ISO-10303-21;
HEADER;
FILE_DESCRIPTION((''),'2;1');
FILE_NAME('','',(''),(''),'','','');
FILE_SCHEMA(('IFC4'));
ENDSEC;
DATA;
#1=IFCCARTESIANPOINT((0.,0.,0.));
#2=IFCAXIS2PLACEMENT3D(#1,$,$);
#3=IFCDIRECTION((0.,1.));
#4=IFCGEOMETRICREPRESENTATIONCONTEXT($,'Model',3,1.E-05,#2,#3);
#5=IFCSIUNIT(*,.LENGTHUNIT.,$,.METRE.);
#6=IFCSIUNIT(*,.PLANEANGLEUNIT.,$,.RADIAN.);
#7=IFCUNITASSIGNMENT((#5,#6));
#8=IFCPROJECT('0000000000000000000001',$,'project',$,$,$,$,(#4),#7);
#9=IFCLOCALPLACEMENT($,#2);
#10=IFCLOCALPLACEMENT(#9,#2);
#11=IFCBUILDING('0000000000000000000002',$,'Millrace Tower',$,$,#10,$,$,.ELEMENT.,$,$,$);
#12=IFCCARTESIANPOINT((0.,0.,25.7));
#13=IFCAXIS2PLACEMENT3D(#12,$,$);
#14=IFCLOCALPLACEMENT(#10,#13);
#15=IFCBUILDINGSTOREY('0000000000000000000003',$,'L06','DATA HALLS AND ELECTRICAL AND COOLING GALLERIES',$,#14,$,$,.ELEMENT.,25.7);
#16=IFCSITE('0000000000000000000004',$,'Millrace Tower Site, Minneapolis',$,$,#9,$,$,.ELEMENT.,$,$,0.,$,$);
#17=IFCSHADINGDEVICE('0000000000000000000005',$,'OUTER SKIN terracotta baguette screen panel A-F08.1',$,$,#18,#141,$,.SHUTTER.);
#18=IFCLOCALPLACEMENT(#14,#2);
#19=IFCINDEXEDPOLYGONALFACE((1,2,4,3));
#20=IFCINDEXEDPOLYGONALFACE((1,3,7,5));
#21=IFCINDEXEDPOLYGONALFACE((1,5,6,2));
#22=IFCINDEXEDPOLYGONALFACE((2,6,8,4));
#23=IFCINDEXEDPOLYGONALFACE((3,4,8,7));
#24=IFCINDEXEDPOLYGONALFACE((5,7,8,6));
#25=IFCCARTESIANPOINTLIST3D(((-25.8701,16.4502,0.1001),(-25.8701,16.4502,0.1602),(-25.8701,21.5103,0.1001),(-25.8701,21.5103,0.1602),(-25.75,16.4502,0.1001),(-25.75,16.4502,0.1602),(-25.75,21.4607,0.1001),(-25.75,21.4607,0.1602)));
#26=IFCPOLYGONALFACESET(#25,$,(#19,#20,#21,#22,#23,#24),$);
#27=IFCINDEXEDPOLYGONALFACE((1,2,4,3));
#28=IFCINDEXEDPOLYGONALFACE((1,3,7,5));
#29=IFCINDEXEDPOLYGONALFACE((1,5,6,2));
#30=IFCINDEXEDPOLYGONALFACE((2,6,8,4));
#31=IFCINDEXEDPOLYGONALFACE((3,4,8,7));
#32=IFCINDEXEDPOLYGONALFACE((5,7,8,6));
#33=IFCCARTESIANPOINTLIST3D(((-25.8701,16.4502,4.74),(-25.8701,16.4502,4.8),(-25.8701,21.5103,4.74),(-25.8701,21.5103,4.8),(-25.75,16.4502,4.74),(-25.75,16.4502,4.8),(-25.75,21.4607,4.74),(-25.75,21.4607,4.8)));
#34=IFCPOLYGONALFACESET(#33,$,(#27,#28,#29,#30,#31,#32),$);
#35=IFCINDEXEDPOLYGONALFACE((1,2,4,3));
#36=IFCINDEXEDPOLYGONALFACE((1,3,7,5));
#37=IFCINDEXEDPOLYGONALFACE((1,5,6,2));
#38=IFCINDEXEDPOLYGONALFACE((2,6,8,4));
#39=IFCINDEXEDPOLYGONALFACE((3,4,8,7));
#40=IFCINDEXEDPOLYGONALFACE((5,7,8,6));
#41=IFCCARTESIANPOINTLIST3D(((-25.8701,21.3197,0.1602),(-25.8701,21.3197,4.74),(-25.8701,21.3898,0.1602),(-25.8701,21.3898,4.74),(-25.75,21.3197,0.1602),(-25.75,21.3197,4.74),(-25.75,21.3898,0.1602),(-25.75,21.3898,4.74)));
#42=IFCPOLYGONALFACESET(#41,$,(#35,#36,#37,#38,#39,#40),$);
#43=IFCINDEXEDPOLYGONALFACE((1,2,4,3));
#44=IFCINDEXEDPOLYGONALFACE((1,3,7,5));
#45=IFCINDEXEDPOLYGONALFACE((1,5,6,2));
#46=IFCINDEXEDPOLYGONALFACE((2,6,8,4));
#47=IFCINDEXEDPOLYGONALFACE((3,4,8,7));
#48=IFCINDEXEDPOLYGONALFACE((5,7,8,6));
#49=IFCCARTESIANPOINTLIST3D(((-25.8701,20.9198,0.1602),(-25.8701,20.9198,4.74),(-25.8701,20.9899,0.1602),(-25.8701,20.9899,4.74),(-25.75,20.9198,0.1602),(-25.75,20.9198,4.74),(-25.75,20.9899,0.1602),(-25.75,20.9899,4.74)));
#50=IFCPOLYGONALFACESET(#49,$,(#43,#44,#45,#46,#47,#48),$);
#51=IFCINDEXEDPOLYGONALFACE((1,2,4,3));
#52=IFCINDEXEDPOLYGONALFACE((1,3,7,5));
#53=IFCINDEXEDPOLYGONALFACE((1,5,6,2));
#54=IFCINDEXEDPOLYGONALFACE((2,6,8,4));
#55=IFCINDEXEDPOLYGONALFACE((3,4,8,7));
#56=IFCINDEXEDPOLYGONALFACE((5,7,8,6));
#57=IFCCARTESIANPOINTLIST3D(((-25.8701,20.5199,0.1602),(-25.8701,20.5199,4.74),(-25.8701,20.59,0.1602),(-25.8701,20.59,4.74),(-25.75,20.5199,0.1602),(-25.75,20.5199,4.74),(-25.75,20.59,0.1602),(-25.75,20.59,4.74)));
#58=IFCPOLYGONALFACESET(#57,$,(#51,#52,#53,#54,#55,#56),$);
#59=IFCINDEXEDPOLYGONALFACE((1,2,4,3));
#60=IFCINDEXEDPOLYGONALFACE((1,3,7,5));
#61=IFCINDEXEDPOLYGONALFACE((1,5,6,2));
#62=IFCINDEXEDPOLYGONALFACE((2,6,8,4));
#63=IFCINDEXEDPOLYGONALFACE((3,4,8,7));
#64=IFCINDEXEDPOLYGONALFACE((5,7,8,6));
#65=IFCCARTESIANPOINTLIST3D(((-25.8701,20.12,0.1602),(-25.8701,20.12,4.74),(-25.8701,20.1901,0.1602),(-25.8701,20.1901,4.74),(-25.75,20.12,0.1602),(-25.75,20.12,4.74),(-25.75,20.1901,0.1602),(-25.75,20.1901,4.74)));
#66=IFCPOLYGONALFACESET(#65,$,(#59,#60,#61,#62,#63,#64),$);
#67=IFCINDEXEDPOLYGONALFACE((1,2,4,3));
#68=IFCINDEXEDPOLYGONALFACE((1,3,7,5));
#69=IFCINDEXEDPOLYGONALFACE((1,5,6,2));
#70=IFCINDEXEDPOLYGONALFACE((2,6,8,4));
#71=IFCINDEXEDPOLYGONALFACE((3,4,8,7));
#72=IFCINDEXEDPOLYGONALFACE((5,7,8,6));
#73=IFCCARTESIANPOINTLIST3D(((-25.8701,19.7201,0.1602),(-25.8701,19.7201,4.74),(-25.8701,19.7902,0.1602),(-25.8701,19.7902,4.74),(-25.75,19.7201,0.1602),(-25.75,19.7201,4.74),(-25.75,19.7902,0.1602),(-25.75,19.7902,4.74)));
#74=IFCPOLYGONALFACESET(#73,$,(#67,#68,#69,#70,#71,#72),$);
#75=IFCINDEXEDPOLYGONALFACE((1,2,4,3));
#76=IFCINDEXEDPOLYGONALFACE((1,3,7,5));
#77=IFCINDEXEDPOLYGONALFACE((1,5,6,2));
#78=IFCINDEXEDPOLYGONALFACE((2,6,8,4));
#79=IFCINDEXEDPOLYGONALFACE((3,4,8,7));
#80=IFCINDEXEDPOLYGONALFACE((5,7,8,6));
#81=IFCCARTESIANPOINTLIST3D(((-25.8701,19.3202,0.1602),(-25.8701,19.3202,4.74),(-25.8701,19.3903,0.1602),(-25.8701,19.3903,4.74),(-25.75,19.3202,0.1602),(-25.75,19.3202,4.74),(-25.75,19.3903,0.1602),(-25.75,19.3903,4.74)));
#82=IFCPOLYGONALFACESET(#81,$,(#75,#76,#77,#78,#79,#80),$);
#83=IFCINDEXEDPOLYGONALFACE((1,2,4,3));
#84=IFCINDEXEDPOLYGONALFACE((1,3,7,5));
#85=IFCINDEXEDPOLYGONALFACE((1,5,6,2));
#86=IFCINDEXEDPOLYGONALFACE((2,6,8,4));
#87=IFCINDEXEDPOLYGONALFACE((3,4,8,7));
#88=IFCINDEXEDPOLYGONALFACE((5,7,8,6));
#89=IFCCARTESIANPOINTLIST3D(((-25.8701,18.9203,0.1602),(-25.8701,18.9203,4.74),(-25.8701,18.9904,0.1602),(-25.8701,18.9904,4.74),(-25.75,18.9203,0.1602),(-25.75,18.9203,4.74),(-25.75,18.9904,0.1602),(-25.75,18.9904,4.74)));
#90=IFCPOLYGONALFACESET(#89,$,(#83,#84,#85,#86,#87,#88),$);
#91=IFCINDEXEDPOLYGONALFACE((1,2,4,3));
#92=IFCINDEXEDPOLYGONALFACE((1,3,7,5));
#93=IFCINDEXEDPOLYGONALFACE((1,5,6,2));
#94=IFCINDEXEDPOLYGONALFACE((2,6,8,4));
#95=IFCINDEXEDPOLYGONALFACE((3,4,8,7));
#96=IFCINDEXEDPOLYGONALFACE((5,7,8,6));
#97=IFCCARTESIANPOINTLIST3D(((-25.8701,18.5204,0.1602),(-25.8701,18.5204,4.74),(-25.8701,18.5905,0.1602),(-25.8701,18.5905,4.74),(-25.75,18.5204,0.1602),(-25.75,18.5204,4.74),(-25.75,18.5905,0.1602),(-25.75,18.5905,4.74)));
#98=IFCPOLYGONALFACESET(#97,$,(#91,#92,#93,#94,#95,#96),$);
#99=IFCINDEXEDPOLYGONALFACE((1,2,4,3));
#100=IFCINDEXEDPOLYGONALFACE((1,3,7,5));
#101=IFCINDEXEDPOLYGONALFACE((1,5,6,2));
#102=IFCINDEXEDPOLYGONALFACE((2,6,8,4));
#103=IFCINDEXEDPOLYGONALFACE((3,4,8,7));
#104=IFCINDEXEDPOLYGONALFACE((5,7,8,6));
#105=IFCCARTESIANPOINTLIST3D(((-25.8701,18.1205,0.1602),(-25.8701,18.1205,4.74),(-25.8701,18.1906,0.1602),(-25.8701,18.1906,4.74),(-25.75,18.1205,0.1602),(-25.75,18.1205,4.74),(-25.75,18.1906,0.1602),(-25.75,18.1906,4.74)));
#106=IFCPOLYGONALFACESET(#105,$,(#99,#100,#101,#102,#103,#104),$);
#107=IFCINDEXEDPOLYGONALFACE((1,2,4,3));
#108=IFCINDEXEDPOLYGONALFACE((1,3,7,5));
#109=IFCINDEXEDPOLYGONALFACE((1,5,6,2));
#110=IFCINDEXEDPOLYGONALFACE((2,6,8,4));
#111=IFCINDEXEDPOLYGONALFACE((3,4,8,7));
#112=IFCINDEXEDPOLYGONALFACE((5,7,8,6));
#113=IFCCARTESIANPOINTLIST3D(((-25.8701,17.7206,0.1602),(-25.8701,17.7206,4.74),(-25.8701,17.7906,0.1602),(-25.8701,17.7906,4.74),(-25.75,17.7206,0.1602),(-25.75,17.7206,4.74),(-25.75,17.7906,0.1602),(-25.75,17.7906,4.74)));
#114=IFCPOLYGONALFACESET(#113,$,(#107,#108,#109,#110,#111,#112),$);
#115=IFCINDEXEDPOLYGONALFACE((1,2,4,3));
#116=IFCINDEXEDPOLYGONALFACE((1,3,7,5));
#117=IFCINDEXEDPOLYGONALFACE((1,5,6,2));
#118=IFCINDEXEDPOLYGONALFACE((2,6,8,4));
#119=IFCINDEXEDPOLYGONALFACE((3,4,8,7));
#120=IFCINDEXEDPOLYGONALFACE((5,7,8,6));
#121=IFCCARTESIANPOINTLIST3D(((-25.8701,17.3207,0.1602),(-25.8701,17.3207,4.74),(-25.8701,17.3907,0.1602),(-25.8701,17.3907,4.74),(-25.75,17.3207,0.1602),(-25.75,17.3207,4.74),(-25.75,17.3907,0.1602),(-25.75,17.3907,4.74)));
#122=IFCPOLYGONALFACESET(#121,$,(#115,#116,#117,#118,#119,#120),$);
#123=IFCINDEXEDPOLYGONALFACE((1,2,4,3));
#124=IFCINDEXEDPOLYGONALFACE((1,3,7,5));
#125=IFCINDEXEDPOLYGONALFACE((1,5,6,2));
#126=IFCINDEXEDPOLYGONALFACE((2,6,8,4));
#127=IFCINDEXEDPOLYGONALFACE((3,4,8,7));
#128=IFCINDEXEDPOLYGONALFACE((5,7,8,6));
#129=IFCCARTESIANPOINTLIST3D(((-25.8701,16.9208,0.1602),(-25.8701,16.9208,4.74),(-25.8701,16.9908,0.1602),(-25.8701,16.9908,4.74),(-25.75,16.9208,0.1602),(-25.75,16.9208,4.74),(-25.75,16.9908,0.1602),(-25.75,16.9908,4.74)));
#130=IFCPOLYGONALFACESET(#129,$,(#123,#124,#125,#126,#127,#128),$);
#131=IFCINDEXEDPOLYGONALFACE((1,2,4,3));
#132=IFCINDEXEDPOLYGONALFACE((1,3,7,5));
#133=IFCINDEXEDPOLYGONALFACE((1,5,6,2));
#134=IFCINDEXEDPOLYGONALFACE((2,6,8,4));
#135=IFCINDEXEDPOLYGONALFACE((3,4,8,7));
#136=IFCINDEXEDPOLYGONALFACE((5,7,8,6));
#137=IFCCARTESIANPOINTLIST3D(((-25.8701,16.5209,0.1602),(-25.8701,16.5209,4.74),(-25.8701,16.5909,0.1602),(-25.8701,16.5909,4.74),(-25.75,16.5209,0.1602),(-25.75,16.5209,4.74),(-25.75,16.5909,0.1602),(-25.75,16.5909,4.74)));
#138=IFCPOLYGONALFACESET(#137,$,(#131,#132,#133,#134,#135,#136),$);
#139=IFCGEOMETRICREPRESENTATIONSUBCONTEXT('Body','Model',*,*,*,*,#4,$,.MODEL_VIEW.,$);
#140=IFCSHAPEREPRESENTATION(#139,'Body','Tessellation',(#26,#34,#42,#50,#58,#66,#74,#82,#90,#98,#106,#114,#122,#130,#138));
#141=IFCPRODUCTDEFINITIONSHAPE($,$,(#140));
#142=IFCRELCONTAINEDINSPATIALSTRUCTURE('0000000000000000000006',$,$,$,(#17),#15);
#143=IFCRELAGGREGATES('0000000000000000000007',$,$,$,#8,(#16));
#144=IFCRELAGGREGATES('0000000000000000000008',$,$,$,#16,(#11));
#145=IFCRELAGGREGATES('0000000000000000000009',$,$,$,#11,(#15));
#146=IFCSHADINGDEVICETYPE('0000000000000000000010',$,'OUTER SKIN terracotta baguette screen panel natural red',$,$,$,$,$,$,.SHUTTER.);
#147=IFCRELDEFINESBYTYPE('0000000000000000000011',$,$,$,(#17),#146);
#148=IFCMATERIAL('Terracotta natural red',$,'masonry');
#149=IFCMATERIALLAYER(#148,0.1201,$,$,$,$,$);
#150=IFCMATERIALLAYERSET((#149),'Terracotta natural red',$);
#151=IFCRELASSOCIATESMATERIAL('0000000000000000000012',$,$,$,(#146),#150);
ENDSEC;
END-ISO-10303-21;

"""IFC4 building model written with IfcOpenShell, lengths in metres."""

from ifc_helpers import new_model, entity, si_unit, direction, frame, frame_2d, origin, place, context, subcontext, project, spatial, rectangle, extrude, source, transform, mapped, material, layer, layer_set, type_object, element, save


model = new_model("IFC4")

# Units and contexts
model_context = context("Model", 3, precision=1e-05, world=origin(), true_north=direction((0.0, 1.0)))
body_context = subcontext(model_context, "Body", "Model", "MODEL_VIEW")
ifc_project = project(units=[si_unit("LENGTHUNIT", "METRE"), si_unit("PLANEANGLEUNIT", "RADIAN")], contexts=[model_context])

# Site, building, storey
site_placement = place(None, origin())
site = spatial("IfcSite", under=ifc_project, at=site_placement, Name="Millrace Tower Site, Minneapolis", CompositionType="ELEMENT", RefElevation=0.0)
building_placement = place(site_placement, origin())
building = spatial("IfcBuilding", under=site, at=building_placement, Name="Millrace Tower", CompositionType="ELEMENT")
storey_placement = place(building_placement, frame((0.0, 0.0, 25.7)))
storey = spatial("IfcBuildingStorey", under=building, at=storey_placement, Name="L06", Description="DATA HALLS AND ELECTRICAL AND COOLING GALLERIES", CompositionType="ELEMENT", Elevation=25.7)

# Shading device
ifc_material_1 = material(Name="Terracotta natural red", Category="masonry")
ifc_layer_1 = layer(ifc_material_1, 0.1201)
ifc_layer_set_1 = layer_set([ifc_layer_1], Name="Terracotta natural red")
shading_device_type_1 = type_object("IfcShadingDeviceType", Name="OUTER SKIN terracotta baguette screen panel natural red", PredefinedType="SHUTTER", material=ifc_layer_set_1)
cartesian_point_1 = entity("IfcCartesianPoint", [-2.4929, 0.0601])
shared_polyline_1 = entity("IfcPolyline", [cartesian_point_1, entity("IfcCartesianPoint", [2.5176, 0.0601]), entity("IfcCartesianPoint", [2.5176, -0.0601]), entity("IfcCartesianPoint", [-2.5425, -0.0601]), cartesian_point_1])
shared_shape_1 = source(origin(), body_context, "Body", "SweptSolid", [
    entity("IfcExtrudedAreaSolid", entity("IfcArbitraryClosedProfileDef", "AREA", None, shared_polyline_1), entity("IfcAxis2Placement3D", entity("IfcCartesianPoint", [0.0, 0.0, 0.0])), entity("IfcDirection", [0.0, 0.0, 1.0]), 0.0601),
    entity("IfcExtrudedAreaSolid", entity("IfcArbitraryClosedProfileDef", "AREA", None, shared_polyline_1), entity("IfcAxis2Placement3D", entity("IfcCartesianPoint", [0.0, 0.0, 4.6399])), entity("IfcDirection", [0.0, 0.0, 1.0]), 0.0601),
    extrude(rectangle(XDim=0.0701, YDim=0.1201, at=frame_2d((-2.387, 0.0))), frame((0.0, 0.0, 0.0601)), (0.0, 0.0, 1.0), 4.5798),
    extrude(rectangle(XDim=0.0701, YDim=0.1201, at=frame_2d((-1.9871, 0.0))), frame((0.0, 0.0, 0.0601)), (0.0, 0.0, 1.0), 4.5798),
    extrude(rectangle(XDim=0.0701, YDim=0.1201, at=frame_2d((-1.5872, 0.0))), frame((0.0, 0.0, 0.0601)), (0.0, 0.0, 1.0), 4.5798),
    extrude(rectangle(XDim=0.0701, YDim=0.1201, at=frame_2d((-1.1873, 0.0))), frame((0.0, 0.0, 0.0601)), (0.0, 0.0, 1.0), 4.5798),
    extrude(rectangle(XDim=0.0701, YDim=0.1201, at=frame_2d((-0.7874, 0.0))), frame((0.0, 0.0, 0.0601)), (0.0, 0.0, 1.0), 4.5798),
    extrude(rectangle(XDim=0.0701, YDim=0.1201, at=frame_2d((-0.3875, 0.0))), frame((0.0, 0.0, 0.0601)), (0.0, 0.0, 1.0), 4.5798),
    extrude(rectangle(XDim=0.0701, YDim=0.1201, at=frame_2d((0.0125, 0.0))), frame((0.0, 0.0, 0.0601)), (0.0, 0.0, 1.0), 4.5798),
    extrude(rectangle(XDim=0.0701, YDim=0.1201, at=frame_2d((0.4124, 0.0))), frame((0.0, 0.0, 0.0601)), (0.0, 0.0, 1.0), 4.5798),
    extrude(rectangle(XDim=0.0701, YDim=0.1201, at=frame_2d((0.8123, 0.0))), frame((0.0, 0.0, 0.0601)), (0.0, 0.0, 1.0), 4.5798),
    extrude(rectangle(XDim=0.0701, YDim=0.1201, at=frame_2d((1.2122, 0.0))), frame((0.0, 0.0, 0.0601)), (0.0, 0.0, 1.0), 4.5798),
    extrude(rectangle(XDim=0.0701, YDim=0.1201, at=frame_2d((1.6121, 0.0))), frame((0.0, 0.0, 0.0601)), (0.0, 0.0, 1.0), 4.5798),
    extrude(rectangle(XDim=0.0701, YDim=0.1201, at=frame_2d((2.012, 0.0))), frame((0.0, 0.0, 0.0601)), (0.0, 0.0, 1.0), 4.5798),
    extrude(rectangle(XDim=0.0701, YDim=0.1201, at=frame_2d((2.4119, 0.0))), frame((0.0, 0.0, 0.0601)), (0.0, 0.0, 1.0), 4.5798),
])
shading_device_1_placement = place(storey_placement, frame((-25.8101, 18.9678, 0.1001), z_axis=(0.0, 0.0, 1.0), x_axis=(0.0, -1.0, 0.0)))
element("IfcShadingDevice", 1, at=shading_device_1_placement, inside=storey, type_object=shading_device_type_1, Name="OUTER SKIN terracotta baguette screen panel A-F08.1", PredefinedType="SHUTTER", context=body_context, shape_type="MappedRepresentation", body=[
    mapped(shared_shape_1, transform((0.0, 0.0, 0.0), scale=1.0)),
])

save(model, "model.ifc")
